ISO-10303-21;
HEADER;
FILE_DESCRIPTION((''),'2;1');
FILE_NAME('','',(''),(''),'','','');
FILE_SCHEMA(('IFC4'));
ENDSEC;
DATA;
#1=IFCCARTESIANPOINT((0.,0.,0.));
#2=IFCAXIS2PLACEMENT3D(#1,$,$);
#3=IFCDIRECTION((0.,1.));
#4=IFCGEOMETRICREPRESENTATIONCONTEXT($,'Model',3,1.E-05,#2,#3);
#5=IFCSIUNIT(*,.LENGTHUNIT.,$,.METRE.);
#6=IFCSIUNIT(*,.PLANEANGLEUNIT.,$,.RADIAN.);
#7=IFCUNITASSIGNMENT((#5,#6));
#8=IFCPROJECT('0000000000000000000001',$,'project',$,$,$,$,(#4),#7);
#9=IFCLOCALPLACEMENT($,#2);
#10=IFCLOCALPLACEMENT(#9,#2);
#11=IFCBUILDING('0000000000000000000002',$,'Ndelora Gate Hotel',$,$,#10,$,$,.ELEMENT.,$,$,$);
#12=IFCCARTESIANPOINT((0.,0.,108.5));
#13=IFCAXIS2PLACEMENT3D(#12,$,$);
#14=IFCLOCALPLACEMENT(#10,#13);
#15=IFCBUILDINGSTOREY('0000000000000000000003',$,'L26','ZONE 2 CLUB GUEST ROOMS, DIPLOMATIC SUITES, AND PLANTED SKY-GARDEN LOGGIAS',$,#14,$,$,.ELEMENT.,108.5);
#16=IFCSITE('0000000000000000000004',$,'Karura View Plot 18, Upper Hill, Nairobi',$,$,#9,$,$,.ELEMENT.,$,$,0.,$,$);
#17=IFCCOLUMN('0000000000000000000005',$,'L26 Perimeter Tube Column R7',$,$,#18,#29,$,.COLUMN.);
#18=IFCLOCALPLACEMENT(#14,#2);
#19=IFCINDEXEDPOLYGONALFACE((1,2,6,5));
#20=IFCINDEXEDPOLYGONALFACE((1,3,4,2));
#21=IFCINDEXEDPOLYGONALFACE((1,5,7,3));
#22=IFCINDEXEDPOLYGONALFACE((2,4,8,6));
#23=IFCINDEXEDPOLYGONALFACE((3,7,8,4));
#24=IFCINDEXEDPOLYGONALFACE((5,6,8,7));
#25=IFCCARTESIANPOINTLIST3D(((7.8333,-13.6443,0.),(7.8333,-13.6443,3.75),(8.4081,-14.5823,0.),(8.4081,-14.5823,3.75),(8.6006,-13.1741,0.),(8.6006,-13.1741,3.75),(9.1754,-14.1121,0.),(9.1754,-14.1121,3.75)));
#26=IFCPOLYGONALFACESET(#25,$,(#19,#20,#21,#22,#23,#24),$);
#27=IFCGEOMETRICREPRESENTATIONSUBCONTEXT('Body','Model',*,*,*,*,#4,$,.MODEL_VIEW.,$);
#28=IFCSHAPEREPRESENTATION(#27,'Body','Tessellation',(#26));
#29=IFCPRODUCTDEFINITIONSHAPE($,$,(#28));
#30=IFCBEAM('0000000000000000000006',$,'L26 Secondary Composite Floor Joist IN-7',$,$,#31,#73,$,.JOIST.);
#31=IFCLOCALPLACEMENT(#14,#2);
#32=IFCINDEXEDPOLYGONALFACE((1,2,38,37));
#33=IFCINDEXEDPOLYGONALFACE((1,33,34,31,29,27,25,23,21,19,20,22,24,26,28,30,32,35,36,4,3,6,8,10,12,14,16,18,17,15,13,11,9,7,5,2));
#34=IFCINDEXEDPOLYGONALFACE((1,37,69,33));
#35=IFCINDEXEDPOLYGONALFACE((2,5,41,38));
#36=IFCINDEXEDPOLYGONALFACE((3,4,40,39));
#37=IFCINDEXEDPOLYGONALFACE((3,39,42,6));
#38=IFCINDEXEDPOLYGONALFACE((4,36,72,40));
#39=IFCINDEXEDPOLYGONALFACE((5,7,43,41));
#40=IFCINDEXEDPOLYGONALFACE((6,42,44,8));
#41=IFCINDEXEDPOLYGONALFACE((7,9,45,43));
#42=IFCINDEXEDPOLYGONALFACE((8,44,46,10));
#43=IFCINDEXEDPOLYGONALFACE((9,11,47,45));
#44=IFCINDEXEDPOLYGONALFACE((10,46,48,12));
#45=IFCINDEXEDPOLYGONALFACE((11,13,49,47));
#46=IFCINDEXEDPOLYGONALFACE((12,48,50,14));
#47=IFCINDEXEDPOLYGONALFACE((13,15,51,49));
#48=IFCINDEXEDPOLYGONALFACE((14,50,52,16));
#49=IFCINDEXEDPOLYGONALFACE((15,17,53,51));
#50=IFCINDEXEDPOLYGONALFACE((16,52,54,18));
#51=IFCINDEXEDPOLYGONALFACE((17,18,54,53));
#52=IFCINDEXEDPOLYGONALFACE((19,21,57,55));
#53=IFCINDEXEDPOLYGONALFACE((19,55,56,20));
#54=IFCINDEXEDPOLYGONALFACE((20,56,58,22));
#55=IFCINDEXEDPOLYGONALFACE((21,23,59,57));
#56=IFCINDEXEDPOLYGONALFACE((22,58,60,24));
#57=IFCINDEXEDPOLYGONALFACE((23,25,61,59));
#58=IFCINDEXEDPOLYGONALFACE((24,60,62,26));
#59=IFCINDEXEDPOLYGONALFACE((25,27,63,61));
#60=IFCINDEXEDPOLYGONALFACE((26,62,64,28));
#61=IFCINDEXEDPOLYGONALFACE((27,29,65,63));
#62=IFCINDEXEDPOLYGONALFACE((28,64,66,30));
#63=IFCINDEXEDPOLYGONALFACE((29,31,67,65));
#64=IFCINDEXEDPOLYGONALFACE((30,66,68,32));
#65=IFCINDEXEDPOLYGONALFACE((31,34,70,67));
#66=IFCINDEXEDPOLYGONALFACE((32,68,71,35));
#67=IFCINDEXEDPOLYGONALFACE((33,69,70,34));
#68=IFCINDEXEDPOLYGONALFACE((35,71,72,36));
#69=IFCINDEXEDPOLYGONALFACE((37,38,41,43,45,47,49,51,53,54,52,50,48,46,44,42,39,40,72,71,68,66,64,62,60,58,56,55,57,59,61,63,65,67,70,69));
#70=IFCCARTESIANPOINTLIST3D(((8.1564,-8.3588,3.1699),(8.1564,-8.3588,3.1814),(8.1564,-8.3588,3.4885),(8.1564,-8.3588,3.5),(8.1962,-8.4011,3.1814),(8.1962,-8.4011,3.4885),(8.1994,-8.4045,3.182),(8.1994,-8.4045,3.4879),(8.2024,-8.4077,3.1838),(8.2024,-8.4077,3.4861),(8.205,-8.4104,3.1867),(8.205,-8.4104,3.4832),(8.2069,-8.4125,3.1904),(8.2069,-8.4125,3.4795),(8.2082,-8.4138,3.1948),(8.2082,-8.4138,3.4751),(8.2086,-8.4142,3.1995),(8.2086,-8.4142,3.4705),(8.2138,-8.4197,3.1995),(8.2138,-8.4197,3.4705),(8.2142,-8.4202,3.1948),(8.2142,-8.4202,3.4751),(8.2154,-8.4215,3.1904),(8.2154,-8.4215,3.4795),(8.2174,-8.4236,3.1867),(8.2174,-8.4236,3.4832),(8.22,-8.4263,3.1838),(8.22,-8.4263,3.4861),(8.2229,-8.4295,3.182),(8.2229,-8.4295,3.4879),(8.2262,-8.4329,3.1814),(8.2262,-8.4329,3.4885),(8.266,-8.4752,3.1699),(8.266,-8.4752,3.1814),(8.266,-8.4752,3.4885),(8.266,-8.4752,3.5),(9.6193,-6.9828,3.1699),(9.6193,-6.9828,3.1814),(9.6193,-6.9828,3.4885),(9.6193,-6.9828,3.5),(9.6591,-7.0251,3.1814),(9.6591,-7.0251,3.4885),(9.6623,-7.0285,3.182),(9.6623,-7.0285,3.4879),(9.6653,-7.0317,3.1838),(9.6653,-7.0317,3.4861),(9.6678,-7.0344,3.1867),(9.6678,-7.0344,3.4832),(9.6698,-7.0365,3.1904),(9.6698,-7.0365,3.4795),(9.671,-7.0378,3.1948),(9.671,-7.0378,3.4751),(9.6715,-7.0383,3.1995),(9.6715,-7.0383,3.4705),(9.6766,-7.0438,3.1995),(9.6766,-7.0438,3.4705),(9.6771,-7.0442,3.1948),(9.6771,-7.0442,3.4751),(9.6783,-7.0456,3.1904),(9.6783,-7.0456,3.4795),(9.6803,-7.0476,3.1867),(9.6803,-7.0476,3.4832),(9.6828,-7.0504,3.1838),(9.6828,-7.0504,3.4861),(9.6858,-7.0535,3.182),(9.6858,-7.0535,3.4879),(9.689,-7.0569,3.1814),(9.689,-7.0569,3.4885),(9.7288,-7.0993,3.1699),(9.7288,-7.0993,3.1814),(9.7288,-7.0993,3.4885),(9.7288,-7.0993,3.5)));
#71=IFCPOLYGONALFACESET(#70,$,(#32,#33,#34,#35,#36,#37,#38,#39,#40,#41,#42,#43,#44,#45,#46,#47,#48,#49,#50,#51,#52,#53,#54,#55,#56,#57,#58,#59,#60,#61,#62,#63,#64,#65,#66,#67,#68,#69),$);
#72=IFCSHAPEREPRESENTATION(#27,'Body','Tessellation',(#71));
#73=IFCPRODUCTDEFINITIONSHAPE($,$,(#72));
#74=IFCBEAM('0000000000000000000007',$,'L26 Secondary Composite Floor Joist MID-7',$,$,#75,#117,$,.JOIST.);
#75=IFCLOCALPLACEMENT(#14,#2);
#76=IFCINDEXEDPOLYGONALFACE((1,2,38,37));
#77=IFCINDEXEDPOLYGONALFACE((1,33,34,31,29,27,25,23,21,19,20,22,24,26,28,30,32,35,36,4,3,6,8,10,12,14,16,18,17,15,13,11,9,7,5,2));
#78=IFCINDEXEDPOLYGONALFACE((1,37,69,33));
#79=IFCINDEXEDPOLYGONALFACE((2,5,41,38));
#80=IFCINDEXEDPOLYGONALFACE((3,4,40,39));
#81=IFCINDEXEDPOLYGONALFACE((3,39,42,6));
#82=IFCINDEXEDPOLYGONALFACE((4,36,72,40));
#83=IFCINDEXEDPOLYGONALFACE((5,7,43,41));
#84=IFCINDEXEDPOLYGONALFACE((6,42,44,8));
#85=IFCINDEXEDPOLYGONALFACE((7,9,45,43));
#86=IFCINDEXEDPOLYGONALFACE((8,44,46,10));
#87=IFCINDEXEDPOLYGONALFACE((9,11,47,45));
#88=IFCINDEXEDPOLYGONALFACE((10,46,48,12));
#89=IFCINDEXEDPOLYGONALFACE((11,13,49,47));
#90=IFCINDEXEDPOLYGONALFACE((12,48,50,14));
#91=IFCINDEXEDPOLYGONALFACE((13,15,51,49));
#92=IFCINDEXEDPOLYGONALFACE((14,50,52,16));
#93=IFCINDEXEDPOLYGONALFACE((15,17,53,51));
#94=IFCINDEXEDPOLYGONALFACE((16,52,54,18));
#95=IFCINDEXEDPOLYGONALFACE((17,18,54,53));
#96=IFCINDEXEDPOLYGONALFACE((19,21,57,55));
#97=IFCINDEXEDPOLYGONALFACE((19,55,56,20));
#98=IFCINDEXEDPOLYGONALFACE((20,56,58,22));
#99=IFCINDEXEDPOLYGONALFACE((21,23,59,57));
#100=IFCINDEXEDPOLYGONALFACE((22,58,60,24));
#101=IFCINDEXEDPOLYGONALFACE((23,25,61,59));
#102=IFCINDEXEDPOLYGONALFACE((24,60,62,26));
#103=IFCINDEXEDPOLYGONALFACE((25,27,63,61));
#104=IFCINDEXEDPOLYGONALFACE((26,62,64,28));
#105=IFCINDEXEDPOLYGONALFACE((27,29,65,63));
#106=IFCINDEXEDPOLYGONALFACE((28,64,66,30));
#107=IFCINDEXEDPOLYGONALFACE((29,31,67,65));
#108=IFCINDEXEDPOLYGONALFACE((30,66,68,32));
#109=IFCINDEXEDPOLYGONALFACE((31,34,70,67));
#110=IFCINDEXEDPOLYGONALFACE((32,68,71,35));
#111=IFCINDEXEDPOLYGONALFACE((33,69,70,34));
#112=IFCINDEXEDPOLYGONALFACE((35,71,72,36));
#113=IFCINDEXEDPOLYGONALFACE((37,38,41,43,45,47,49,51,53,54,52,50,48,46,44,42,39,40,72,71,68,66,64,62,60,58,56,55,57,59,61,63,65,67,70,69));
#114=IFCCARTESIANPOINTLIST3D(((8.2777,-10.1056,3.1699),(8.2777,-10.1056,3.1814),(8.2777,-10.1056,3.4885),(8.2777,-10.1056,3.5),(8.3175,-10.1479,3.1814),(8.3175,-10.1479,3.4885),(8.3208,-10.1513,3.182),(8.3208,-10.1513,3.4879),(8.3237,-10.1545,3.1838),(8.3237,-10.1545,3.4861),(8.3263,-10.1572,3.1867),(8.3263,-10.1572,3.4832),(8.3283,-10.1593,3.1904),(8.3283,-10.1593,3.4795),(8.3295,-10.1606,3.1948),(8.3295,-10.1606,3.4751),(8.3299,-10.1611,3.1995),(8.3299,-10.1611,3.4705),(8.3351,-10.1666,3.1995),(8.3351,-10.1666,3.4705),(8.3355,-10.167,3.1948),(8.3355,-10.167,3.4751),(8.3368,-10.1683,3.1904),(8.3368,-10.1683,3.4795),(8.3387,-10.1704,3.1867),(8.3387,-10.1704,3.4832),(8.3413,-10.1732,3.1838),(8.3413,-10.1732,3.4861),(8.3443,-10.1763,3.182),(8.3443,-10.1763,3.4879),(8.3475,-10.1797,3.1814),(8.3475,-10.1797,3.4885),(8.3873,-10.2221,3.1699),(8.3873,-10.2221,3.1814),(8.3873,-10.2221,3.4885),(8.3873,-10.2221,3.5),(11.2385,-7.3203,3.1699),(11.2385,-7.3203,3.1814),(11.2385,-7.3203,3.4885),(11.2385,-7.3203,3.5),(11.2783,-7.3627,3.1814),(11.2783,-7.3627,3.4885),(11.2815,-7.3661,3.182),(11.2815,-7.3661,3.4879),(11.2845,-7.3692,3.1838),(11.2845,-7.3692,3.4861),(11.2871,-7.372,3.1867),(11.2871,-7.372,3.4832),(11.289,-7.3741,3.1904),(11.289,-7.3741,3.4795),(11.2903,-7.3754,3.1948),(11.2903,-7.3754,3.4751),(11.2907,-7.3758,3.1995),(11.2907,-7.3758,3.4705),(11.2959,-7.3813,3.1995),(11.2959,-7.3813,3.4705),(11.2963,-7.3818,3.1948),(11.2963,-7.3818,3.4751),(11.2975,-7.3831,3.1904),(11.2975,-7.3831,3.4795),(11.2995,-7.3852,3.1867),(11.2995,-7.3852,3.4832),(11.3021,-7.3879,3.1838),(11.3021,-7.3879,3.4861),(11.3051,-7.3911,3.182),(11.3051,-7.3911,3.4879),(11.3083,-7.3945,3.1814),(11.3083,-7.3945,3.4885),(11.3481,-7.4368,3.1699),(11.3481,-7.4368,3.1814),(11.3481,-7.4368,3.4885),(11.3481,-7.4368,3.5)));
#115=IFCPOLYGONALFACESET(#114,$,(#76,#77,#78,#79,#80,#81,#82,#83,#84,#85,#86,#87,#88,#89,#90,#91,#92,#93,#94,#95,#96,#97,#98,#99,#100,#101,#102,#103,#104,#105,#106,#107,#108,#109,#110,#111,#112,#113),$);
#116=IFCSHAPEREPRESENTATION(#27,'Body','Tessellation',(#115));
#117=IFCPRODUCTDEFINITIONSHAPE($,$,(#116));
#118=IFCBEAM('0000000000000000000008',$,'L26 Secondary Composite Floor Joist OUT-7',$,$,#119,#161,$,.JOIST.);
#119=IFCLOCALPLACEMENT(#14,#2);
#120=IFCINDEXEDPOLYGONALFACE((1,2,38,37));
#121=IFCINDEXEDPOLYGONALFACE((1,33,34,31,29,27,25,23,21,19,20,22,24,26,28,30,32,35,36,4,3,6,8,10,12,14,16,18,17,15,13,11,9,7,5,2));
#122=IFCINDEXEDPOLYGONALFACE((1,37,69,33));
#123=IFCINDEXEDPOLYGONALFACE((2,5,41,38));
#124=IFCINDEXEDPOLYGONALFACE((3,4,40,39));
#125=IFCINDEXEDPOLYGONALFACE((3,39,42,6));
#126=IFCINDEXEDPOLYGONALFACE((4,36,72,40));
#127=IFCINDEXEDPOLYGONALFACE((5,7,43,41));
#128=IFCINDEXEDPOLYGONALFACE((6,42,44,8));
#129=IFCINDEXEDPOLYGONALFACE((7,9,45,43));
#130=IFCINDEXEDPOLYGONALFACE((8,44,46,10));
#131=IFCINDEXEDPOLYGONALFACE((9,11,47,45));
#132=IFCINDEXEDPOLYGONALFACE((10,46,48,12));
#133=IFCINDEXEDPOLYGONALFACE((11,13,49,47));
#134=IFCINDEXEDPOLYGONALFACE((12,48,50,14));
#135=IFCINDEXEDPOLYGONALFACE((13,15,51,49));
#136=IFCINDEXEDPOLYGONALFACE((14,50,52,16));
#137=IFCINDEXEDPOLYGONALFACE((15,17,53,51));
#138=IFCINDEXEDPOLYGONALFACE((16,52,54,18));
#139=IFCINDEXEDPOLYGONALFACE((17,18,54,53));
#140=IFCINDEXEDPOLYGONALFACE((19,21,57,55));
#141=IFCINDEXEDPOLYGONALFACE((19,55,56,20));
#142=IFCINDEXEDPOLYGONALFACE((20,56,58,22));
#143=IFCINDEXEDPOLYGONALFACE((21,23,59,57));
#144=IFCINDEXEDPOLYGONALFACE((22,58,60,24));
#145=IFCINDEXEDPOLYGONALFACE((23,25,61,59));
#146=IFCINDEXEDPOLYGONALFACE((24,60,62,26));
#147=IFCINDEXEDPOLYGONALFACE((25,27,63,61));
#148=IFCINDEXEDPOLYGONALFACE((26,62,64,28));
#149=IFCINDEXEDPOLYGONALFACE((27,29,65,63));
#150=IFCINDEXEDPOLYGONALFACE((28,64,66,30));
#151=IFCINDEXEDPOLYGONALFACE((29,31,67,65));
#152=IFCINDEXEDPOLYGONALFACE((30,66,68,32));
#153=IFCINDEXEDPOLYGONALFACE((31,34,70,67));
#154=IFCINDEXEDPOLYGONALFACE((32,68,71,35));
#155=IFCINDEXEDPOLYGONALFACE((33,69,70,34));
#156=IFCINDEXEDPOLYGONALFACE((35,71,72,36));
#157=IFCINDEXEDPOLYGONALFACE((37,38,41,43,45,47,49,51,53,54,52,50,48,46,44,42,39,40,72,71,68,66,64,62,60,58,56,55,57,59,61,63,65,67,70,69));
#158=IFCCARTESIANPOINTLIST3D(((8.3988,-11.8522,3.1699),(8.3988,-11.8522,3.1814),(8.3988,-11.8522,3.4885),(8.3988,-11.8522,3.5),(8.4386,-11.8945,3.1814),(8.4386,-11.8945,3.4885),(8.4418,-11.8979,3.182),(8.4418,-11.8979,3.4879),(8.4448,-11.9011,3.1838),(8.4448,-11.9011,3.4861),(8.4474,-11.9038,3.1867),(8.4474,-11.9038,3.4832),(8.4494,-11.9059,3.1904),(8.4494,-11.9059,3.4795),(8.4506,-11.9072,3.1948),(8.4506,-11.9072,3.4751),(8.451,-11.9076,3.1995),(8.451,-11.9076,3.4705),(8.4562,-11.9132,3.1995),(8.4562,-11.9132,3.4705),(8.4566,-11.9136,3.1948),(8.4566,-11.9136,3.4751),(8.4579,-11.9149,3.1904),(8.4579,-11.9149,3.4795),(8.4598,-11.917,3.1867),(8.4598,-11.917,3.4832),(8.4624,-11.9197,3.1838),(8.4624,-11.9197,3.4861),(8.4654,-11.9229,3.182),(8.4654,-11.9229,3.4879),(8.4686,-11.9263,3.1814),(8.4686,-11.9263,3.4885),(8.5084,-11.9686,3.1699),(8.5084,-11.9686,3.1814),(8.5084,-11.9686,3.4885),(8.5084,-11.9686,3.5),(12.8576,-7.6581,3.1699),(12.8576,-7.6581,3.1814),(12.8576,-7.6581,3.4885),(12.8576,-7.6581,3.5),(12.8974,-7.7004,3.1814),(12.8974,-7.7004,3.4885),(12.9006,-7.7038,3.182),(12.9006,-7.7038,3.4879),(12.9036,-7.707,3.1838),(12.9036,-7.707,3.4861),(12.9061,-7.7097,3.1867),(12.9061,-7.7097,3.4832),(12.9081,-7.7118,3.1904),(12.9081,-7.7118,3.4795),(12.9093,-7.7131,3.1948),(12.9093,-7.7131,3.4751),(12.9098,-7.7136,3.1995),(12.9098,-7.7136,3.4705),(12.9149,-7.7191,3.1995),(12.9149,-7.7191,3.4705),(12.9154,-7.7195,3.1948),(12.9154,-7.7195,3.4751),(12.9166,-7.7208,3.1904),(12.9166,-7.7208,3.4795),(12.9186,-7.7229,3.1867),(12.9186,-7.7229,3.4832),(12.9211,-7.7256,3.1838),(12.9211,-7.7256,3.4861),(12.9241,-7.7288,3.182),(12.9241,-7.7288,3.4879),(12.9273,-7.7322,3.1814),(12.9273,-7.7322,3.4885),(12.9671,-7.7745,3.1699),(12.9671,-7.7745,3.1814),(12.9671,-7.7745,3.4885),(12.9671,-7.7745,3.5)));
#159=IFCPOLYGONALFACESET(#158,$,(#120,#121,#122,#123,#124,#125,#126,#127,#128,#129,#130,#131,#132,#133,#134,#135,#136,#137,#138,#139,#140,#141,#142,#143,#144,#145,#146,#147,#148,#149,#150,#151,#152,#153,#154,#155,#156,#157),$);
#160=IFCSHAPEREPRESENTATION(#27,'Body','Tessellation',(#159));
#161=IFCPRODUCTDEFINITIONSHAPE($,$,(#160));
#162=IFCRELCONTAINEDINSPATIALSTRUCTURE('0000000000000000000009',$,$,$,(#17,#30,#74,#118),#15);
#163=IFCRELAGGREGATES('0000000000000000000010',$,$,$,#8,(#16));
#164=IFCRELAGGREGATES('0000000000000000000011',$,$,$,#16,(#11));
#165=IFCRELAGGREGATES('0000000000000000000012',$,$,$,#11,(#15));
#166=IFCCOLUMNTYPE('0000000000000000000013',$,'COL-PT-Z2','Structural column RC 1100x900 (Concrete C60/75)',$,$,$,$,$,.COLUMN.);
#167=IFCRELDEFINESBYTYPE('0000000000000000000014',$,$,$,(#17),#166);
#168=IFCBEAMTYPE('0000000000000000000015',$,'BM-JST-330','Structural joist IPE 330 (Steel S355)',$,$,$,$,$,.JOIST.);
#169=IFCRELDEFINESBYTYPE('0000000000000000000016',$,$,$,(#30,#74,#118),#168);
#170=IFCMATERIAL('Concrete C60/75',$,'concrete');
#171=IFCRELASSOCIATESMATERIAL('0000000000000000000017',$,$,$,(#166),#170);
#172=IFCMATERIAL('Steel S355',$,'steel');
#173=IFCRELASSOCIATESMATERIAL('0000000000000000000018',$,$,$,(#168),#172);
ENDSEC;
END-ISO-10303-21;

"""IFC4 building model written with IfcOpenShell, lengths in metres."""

from ifc_helpers import new_model, si_unit, direction, frame, origin, origin_2d, place, context, subcontext, project, spatial, rectangle, i_section, extrude, material, material_profile, profile_set, type_object, element, save


model = new_model("IFC4")

# Units and contexts
model_context = context("Model", 3, precision=1e-05, world=origin(), true_north=direction((0.0, 1.0)))
body_context = subcontext(model_context, "Body", "Model", "MODEL_VIEW")
ifc_project = project(units=[si_unit("LENGTHUNIT", "METRE"), si_unit("PLANEANGLEUNIT", "RADIAN")], contexts=[model_context])

# Site, building, storey
site_placement = place(None, origin())
site = spatial("IfcSite", under=ifc_project, at=site_placement, Name="Karura View Plot 18, Upper Hill, Nairobi", CompositionType="ELEMENT", RefElevation=0.0)
building_placement = place(site_placement, origin())
building = spatial("IfcBuilding", under=site, at=building_placement, Name="Ndelora Gate Hotel", CompositionType="ELEMENT")
storey_placement = place(building_placement, frame((0.0, 0.0, 108.5)))
storey = spatial("IfcBuildingStorey", under=building, at=storey_placement, Name="L26", Description="ZONE 2 CLUB GUEST ROOMS, DIPLOMATIC SUITES, AND PLANTED SKY-GARDEN LOGGIAS", CompositionType="ELEMENT", Elevation=108.5)

# Column
ifc_material_1 = material(Name="Concrete C60/75", Category="concrete")
ifc_material_profile_1 = material_profile(ifc_material_1, rectangle(XDim=0.8999, YDim=1.1001, at=origin_2d()), Name="RC 1100x900")
ifc_profile_set_1 = profile_set([ifc_material_profile_1], Name="Concrete C60/75")
column_type = type_object("IfcColumnType", Name="COL-PT-Z2", Description="Structural column RC 1100x900 (Concrete C60/75)", PredefinedType="COLUMN", material=ifc_profile_set_1)
column_placement = place(storey_placement, frame((8.5044, -13.8782, 0.0), z_axis=(0.0, 0.0, 1.0), x_axis=(0.85264, 0.522499, 0.0)))
element("IfcColumn", 1, at=column_placement, inside=storey, type_object=column_type, Name="L26 Perimeter Tube Column R7", PredefinedType="COLUMN", context=body_context, shape_type="SweptSolid", body=[
    extrude(rectangle(XDim=0.8999, YDim=1.1001, at=origin_2d()), origin(), (0.0, 0.0, 1.0), 3.75),
])

# Beams
ifc_material_2 = material(Name="Steel S355", Category="steel")
ifc_material_profile_2 = material_profile(ifc_material_2, i_section(OverallWidth=0.1599, OverallDepth=0.3301, WebThickness=0.0076, FlangeThickness=0.0115, FilletRadius=0.0181, at=origin_2d()), Name="IPE 330")
ifc_profile_set_2 = profile_set([ifc_material_profile_2], Name="Steel S355")
beam_type_1 = type_object("IfcBeamType", Name="BM-JST-330", Description="Structural joist IPE 330 (Steel S355)", PredefinedType="JOIST", material=ifc_profile_set_2)
beam_1_placement = place(storey_placement, frame((8.2112, -8.417, 3.335), z_axis=(0.728414, 0.685137, 0.0), x_axis=(-0.685137, 0.728414, 0.0)))
element("IfcBeam", 2, at=beam_1_placement, inside=storey, type_object=beam_type_1, Name="L26 Secondary Composite Floor Joist IN-7", PredefinedType="JOIST", context=body_context, shape_type="SweptSolid", body=[
    extrude(i_section(OverallWidth=0.1599, OverallDepth=0.3301, WebThickness=0.0076, FlangeThickness=0.0115, FilletRadius=0.0181, at=origin_2d()), origin(), (0.0, 0.0, 1.0), 2.0083),
])
beam_2_placement = place(storey_placement, frame((8.3325, -10.1638, 3.335), z_axis=(0.728369, 0.685185, 0.0), x_axis=(-0.685185, 0.728369, 0.0)))
element("IfcBeam", 3, at=beam_2_placement, inside=storey, type_object=beam_type_1, Name="L26 Secondary Composite Floor Joist MID-7", PredefinedType="JOIST", context=body_context, shape_type="SweptSolid", body=[
    extrude(i_section(OverallWidth=0.1599, OverallDepth=0.3301, WebThickness=0.0076, FlangeThickness=0.0115, FilletRadius=0.0181, at=origin_2d()), origin(), (0.0, 0.0, 1.0), 4.0649),
])
beam_3_placement = place(storey_placement, frame((8.4536, -11.9104, 3.335), z_axis=(0.728393, 0.685159, 0.0), x_axis=(-0.685159, 0.728393, 0.0)))
element("IfcBeam", 4, at=beam_3_placement, inside=storey, type_object=beam_type_1, Name="L26 Secondary Composite Floor Joist OUT-7", PredefinedType="JOIST", context=body_context, shape_type="SweptSolid", body=[
    extrude(i_section(OverallWidth=0.1599, OverallDepth=0.3301, WebThickness=0.0076, FlangeThickness=0.0115, FilletRadius=0.0181, at=origin_2d()), origin(), (0.0, 0.0, 1.0), 6.1213),
])

save(model, "model.ifc")
